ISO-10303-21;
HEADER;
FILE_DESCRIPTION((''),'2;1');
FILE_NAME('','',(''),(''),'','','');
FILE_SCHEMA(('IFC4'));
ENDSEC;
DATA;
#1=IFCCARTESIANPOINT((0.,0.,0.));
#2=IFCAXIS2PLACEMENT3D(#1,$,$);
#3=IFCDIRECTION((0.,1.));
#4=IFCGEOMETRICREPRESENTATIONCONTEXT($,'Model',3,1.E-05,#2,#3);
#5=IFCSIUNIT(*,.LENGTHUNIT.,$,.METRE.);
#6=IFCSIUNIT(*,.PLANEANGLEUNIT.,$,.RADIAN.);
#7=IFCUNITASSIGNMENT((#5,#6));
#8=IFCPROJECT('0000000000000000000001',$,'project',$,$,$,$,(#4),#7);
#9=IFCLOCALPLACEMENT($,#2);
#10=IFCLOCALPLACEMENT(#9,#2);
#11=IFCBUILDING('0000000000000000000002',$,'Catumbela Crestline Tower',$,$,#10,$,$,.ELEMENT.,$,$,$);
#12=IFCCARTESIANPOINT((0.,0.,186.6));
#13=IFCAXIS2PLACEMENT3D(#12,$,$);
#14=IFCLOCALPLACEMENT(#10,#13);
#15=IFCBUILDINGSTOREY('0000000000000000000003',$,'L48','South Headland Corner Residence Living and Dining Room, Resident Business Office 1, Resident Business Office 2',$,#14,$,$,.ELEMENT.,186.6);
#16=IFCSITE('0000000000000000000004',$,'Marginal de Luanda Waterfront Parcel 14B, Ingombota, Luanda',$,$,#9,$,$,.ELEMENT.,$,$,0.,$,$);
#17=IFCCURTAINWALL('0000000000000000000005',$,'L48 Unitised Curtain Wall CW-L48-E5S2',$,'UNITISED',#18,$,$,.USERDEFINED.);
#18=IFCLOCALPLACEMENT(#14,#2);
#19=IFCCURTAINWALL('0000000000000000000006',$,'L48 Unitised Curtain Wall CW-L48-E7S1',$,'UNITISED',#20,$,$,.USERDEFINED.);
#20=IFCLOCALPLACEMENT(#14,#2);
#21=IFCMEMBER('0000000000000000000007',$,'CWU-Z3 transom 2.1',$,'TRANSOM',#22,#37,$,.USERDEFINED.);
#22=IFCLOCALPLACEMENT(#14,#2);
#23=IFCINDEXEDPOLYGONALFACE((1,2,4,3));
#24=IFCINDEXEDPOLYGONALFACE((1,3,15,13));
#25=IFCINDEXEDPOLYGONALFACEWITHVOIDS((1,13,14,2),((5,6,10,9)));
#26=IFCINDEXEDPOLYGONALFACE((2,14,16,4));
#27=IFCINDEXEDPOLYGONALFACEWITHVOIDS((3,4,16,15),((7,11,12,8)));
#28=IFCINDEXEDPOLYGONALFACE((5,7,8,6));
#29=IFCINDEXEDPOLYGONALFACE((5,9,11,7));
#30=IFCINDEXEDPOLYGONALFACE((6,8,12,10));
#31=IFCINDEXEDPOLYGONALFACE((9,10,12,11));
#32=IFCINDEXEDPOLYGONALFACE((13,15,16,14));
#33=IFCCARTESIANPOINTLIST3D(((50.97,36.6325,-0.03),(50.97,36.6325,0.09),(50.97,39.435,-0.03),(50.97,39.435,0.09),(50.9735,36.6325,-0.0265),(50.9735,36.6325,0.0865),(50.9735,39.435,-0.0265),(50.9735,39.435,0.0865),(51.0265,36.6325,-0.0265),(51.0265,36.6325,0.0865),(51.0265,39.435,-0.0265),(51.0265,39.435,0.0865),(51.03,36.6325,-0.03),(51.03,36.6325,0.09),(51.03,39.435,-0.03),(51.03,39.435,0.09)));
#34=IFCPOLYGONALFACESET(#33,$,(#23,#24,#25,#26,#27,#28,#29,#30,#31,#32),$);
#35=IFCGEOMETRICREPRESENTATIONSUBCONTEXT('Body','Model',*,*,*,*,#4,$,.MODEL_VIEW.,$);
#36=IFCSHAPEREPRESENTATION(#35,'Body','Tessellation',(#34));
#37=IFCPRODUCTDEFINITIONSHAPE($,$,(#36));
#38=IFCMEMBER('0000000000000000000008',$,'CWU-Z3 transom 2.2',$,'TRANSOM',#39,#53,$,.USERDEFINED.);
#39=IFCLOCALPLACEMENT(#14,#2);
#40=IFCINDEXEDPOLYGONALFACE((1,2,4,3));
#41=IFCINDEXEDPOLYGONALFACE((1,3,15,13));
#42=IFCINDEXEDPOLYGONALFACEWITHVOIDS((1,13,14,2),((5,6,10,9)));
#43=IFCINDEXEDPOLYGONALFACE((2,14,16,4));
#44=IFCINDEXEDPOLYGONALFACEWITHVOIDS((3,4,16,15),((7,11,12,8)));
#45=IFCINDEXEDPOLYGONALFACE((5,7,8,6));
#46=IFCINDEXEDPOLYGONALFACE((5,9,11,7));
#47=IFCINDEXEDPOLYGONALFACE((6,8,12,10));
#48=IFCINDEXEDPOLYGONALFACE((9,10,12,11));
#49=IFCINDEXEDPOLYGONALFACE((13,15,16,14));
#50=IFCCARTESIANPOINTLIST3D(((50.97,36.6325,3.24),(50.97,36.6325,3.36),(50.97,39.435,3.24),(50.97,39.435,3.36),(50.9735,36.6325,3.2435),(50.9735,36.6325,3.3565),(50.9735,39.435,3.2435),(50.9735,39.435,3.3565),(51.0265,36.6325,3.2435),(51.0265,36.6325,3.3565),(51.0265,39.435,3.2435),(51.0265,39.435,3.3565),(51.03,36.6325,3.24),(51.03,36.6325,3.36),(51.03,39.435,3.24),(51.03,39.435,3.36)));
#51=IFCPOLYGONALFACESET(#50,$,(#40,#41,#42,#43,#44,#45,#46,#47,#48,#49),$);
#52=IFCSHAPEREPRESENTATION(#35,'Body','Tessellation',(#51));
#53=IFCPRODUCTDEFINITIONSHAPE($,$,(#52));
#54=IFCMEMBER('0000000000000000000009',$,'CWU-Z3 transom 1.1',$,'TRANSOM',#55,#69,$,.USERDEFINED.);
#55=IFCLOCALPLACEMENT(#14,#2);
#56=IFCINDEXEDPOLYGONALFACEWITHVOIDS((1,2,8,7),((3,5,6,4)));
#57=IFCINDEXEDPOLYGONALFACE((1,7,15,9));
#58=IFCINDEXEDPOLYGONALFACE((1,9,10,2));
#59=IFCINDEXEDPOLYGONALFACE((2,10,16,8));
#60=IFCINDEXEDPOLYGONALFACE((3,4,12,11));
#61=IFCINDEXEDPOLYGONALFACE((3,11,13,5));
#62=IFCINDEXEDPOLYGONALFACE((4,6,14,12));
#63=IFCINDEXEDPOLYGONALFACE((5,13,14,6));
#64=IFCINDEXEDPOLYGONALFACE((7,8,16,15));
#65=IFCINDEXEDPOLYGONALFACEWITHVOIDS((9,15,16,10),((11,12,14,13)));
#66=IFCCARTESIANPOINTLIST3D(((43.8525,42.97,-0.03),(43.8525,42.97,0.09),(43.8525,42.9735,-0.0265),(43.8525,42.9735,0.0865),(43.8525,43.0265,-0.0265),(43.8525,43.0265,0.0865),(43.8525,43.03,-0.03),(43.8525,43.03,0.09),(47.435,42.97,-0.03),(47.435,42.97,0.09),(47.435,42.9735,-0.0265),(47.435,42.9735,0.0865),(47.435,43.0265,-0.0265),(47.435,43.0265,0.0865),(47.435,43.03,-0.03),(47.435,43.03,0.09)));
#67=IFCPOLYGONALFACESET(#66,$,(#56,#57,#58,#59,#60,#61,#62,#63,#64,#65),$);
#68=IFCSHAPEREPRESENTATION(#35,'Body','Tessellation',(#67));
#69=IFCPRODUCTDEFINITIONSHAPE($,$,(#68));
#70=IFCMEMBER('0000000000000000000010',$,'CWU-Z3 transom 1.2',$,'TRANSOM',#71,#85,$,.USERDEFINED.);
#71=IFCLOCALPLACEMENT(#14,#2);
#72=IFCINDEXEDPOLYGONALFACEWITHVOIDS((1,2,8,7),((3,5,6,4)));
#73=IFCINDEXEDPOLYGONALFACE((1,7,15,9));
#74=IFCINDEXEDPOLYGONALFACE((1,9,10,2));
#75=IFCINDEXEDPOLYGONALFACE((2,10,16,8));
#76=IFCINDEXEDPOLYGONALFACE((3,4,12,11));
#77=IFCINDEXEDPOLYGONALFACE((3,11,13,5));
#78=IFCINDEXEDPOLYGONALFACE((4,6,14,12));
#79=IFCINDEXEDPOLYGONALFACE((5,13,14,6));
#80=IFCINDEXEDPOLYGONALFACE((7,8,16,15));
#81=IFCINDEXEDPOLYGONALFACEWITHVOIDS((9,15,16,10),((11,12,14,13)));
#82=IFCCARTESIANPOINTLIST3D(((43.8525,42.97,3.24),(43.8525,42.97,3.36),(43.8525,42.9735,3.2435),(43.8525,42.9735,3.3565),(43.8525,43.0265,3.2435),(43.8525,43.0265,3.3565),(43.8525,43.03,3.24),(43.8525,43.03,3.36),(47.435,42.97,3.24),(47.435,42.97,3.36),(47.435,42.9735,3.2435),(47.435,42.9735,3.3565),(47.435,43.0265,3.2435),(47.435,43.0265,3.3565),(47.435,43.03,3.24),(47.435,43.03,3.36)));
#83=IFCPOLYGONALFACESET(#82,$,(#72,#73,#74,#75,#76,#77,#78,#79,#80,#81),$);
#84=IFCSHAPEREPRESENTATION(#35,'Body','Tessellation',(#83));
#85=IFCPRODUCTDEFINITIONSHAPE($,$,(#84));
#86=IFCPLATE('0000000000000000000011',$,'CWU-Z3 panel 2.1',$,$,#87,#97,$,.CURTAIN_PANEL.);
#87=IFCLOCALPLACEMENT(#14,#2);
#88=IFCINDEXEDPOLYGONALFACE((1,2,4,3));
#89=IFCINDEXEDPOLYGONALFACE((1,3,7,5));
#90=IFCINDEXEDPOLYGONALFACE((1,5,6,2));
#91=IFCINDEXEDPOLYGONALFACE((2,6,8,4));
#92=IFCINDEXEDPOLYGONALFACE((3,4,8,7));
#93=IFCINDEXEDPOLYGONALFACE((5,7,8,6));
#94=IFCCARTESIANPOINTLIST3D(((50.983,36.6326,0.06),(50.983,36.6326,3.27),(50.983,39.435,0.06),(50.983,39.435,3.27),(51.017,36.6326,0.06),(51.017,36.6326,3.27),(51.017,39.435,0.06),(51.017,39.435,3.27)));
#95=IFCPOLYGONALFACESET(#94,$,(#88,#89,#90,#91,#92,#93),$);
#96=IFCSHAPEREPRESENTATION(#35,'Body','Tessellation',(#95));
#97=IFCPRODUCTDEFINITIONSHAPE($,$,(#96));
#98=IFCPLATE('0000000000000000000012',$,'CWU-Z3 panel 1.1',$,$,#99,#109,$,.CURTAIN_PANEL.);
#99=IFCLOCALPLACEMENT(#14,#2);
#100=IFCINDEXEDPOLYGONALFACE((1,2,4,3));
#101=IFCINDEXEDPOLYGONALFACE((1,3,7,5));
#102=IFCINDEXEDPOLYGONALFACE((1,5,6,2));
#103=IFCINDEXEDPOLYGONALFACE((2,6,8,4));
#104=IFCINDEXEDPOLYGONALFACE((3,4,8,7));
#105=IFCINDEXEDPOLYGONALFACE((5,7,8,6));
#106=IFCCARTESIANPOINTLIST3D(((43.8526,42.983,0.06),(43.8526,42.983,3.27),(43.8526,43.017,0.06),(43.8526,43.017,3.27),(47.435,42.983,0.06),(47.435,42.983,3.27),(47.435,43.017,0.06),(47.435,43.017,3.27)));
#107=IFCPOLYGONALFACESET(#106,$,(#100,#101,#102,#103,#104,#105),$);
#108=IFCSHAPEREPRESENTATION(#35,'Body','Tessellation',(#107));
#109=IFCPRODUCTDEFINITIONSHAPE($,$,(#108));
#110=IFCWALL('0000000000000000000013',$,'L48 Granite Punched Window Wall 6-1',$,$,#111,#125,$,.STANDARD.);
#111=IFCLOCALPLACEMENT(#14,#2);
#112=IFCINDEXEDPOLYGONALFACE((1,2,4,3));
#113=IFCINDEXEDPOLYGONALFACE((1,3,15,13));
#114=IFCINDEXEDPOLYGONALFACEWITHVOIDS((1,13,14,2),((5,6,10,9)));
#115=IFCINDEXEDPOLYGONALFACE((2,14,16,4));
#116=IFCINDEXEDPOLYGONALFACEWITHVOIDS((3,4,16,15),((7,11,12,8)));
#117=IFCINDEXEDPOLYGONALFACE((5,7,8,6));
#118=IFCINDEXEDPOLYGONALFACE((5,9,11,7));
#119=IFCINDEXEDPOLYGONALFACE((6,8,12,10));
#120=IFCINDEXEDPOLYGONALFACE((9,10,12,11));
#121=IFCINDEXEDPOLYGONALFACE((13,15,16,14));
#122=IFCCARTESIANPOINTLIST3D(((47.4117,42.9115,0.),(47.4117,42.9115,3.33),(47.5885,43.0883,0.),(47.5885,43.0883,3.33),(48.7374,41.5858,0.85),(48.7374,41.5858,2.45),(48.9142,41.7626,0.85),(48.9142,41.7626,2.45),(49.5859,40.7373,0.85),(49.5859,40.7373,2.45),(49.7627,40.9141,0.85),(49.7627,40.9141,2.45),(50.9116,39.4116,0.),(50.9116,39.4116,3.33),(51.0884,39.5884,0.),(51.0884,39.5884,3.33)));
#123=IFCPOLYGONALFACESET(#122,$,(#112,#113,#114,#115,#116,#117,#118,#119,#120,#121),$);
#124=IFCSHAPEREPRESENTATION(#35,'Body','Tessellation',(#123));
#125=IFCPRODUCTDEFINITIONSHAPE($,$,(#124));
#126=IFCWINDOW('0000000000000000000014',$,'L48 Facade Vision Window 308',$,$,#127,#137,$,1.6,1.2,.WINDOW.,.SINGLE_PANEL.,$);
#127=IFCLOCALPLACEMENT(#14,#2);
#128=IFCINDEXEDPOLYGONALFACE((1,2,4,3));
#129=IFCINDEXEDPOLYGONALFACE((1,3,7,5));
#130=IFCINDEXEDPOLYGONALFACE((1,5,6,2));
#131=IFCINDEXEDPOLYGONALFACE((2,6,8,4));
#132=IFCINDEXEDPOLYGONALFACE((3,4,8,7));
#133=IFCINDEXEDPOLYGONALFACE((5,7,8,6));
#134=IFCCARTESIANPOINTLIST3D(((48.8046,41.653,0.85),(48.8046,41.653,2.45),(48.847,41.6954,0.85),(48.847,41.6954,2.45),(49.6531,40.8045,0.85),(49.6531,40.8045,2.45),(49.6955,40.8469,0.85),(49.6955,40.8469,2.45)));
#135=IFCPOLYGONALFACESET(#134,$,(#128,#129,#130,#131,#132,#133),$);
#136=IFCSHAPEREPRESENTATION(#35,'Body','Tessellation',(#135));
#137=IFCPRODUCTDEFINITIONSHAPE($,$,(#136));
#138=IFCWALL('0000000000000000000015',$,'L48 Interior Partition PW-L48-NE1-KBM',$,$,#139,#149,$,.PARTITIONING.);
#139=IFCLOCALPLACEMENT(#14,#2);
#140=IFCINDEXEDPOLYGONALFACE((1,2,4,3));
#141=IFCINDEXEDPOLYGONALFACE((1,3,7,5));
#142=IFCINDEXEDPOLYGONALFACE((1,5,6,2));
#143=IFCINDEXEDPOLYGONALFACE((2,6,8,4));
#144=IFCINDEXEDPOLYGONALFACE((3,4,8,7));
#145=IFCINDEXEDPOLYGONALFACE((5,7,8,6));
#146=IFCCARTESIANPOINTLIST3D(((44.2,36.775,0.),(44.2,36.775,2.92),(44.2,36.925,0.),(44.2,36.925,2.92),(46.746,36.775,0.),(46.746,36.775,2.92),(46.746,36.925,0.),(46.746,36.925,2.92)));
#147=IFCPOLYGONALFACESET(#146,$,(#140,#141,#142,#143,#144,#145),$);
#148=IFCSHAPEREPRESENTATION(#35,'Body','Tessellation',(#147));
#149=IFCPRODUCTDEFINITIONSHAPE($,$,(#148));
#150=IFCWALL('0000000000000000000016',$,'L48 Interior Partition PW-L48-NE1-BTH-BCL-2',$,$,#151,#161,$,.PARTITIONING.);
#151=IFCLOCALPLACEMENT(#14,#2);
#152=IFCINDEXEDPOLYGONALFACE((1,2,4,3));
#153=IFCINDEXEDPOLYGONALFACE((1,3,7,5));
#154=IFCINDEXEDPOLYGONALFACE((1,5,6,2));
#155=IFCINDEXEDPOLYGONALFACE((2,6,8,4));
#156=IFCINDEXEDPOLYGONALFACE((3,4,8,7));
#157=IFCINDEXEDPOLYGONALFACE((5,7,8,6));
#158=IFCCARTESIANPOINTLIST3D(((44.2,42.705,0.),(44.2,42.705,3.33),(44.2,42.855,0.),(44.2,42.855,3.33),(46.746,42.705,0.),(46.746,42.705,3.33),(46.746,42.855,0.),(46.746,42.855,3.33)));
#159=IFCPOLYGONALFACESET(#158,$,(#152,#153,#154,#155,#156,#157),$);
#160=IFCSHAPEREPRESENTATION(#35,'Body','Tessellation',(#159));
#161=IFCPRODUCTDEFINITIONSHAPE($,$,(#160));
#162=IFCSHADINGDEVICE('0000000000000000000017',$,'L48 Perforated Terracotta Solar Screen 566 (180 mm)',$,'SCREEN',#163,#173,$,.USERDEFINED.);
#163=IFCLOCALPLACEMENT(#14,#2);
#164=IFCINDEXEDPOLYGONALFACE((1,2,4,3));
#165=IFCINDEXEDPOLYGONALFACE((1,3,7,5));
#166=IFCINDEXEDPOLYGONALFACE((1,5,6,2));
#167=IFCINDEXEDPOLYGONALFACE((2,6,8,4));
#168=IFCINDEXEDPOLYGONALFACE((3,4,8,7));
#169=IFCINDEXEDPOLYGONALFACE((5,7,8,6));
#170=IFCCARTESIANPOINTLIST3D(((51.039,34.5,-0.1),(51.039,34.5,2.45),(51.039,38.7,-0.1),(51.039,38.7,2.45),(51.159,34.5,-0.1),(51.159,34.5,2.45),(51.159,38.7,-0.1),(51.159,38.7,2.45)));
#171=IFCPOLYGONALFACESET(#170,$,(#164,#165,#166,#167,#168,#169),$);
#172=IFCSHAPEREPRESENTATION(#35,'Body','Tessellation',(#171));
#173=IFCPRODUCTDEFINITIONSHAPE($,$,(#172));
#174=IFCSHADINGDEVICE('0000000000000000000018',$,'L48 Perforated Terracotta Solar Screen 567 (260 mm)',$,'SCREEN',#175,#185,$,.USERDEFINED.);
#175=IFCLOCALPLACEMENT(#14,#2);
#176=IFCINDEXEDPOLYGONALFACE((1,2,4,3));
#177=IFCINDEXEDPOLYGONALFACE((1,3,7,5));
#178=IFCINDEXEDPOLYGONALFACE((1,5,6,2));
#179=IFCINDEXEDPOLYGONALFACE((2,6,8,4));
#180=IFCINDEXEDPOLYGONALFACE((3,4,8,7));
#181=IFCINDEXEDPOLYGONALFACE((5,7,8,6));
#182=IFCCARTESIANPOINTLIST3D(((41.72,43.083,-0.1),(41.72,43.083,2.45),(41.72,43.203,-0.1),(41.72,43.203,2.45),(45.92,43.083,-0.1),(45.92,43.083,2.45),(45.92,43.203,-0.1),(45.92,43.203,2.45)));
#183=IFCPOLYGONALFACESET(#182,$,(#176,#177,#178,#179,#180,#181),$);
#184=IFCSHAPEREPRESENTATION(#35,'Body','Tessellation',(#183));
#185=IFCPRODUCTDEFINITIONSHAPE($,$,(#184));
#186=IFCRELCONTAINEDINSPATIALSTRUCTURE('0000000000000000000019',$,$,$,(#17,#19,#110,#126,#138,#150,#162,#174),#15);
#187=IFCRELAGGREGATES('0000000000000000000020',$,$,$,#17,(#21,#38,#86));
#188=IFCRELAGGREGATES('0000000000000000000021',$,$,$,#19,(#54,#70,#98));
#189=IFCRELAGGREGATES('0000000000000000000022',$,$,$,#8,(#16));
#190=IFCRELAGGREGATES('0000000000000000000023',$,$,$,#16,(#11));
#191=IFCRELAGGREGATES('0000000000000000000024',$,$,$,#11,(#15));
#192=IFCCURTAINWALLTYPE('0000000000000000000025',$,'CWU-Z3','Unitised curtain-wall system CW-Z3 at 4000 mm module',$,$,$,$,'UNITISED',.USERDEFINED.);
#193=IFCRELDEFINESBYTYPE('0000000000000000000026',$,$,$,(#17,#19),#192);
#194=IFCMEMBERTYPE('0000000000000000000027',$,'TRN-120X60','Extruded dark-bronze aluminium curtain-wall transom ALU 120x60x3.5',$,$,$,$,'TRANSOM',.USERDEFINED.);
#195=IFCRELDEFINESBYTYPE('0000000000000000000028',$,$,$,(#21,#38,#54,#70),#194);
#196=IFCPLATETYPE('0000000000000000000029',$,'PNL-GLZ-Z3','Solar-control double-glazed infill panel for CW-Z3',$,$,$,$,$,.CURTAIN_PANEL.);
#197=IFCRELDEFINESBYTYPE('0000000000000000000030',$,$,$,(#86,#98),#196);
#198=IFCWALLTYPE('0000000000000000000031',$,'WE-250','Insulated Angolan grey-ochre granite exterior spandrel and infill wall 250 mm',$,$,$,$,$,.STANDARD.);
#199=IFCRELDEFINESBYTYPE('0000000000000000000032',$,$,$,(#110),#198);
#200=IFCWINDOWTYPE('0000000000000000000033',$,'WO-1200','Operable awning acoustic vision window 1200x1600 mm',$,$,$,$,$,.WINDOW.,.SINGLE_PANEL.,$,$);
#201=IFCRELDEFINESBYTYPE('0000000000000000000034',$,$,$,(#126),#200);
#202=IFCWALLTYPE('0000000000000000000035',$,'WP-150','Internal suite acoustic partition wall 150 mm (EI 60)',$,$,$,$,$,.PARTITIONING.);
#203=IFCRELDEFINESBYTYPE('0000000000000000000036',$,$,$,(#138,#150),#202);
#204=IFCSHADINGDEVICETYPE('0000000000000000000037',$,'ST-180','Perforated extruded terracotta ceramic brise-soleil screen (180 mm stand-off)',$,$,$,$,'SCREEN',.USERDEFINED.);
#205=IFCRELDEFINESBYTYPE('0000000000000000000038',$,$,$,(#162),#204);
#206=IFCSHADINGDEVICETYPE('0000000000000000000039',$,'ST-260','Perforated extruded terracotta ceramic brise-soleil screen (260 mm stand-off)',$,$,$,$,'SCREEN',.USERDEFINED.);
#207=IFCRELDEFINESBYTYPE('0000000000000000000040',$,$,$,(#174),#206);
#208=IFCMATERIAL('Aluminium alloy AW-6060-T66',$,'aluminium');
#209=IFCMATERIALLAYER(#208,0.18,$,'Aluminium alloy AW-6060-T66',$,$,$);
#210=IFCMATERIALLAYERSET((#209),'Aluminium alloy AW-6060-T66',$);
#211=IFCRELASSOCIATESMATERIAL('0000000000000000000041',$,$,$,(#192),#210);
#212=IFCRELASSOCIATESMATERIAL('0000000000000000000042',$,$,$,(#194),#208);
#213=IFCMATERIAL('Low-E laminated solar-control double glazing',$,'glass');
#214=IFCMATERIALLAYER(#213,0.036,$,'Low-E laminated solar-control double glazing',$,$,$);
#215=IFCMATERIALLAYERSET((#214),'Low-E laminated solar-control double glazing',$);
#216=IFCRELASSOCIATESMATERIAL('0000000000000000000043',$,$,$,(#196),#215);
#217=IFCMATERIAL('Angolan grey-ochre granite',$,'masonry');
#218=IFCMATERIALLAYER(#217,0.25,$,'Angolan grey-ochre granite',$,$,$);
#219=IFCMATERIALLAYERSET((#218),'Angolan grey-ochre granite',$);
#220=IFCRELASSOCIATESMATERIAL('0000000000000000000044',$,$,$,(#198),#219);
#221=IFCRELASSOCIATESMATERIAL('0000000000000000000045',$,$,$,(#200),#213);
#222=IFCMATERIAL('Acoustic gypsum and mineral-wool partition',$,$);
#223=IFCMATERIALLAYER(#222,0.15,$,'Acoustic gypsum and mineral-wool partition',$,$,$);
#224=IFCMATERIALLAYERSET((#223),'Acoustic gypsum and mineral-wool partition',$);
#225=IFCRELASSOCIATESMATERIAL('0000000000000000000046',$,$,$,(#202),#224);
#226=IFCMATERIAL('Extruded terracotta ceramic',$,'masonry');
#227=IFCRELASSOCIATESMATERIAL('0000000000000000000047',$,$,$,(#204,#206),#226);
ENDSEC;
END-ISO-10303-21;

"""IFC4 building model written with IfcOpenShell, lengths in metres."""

from ifc_helpers import new_model, si_unit, direction, frame, frame_2d, origin, origin_2d, place, context, subcontext, project, spatial, rectangle, hollow_rectangle, extrude, material, layer, layer_set, material_profile, profile_set, type_object, element, fill, aggregate, save


model = new_model("IFC4")

# Units and contexts
model_context = context("Model", 3, precision=1e-05, world=origin(), true_north=direction((0.0, 1.0)))
body_context = subcontext(model_context, "Body", "Model", "MODEL_VIEW")
ifc_project = project(units=[si_unit("LENGTHUNIT", "METRE"), si_unit("PLANEANGLEUNIT", "RADIAN")], contexts=[model_context])

# Site, building, storey
site_placement = place(None, origin())
site = spatial("IfcSite", under=ifc_project, at=site_placement, Name="Marginal de Luanda Waterfront Parcel 14B, Ingombota, Luanda", CompositionType="ELEMENT", RefElevation=0.0)
building_placement = place(site_placement, origin())
building = spatial("IfcBuilding", under=site, at=building_placement, Name="Catumbela Crestline Tower", CompositionType="ELEMENT")
storey_placement = place(building_placement, frame((0.0, 0.0, 186.6)))
storey = spatial("IfcBuildingStorey", under=building, at=storey_placement, Name="L48", Description="South Headland Corner Residence Living and Dining Room, Resident Business Office 1, Resident Business Office 2", CompositionType="ELEMENT", Elevation=186.6)

# Curtain walls
ifc_material_1 = material(Name="Aluminium alloy AW-6060-T66", Category="aluminium")
ifc_layer_1 = layer(ifc_material_1, 0.18, Name="Aluminium alloy AW-6060-T66")
ifc_layer_set_1 = layer_set([ifc_layer_1], Name="Aluminium alloy AW-6060-T66")
curtain_wall_type = type_object("IfcCurtainWallType", Name="CWU-Z3", Description="Unitised curtain-wall system CW-Z3 at 4000 mm module", ElementType="UNITISED", PredefinedType="USERDEFINED", material=ifc_layer_set_1)
curtain_wall_1_placement = place(storey_placement, origin())
curtain_wall_1 = element("IfcCurtainWall", 1, at=curtain_wall_1_placement, inside=storey, type_object=curtain_wall_type, Name="L48 Unitised Curtain Wall CW-L48-E5S2", ObjectType="UNITISED", PredefinedType="USERDEFINED")
curtain_wall_2_placement = place(storey_placement, origin())
curtain_wall_2 = element("IfcCurtainWall", 2, at=curtain_wall_2_placement, inside=storey, type_object=curtain_wall_type, Name="L48 Unitised Curtain Wall CW-L48-E7S1", ObjectType="UNITISED", PredefinedType="USERDEFINED")

# Members
ifc_material_profile_1 = material_profile(ifc_material_1, hollow_rectangle(XDim=0.06, YDim=0.12, WallThickness=0.0035, at=origin_2d()), Name="ALU 120x60x3.5")
ifc_profile_set_1 = profile_set([ifc_material_profile_1], Name="Aluminium alloy AW-6060-T66")
member_type_1 = type_object("IfcMemberType", Name="TRN-120X60", Description="Extruded dark-bronze aluminium curtain-wall transom ALU 120x60x3.5", ElementType="TRANSOM", PredefinedType="USERDEFINED", material=ifc_profile_set_1)
member_1_placement = place(storey_placement, frame((51.0, 36.6325, 0.03), z_axis=(0.0, 1.0, 0.0), x_axis=(-1.0, 0.0, 0.0)))
member_1 = element("IfcMember", 3, at=member_1_placement, type_object=member_type_1, Name="CWU-Z3 transom 2.1", ObjectType="TRANSOM", PredefinedType="USERDEFINED", context=body_context, shape_type="SweptSolid", body=[
    extrude(hollow_rectangle(XDim=0.06, YDim=0.12, WallThickness=0.0035, at=origin_2d()), origin(), (0.0, 0.0, 1.0), 2.8025),
])
member_2_placement = place(storey_placement, frame((51.0, 36.6325, 3.3), z_axis=(0.0, 1.0, 0.0), x_axis=(-1.0, 0.0, 0.0)))
member_2 = element("IfcMember", 4, at=member_2_placement, type_object=member_type_1, Name="CWU-Z3 transom 2.2", ObjectType="TRANSOM", PredefinedType="USERDEFINED", context=body_context, shape_type="SweptSolid", body=[
    extrude(hollow_rectangle(XDim=0.06, YDim=0.12, WallThickness=0.0035, at=origin_2d()), origin(), (0.0, 0.0, 1.0), 2.8025),
])
member_3_placement = place(storey_placement, frame((47.435, 43.0, 0.03), z_axis=(-1.0, 0.0, 0.0), x_axis=(0.0, -1.0, 0.0)))
member_3 = element("IfcMember", 5, at=member_3_placement, type_object=member_type_1, Name="CWU-Z3 transom 1.1", ObjectType="TRANSOM", PredefinedType="USERDEFINED", context=body_context, shape_type="SweptSolid", body=[
    extrude(hollow_rectangle(XDim=0.06, YDim=0.12, WallThickness=0.0035, at=origin_2d()), origin(), (0.0, 0.0, 1.0), 3.5825),
])
member_4_placement = place(storey_placement, frame((47.435, 43.0, 3.3), z_axis=(-1.0, 0.0, 0.0), x_axis=(0.0, -1.0, 0.0)))
member_4 = element("IfcMember", 6, at=member_4_placement, type_object=member_type_1, Name="CWU-Z3 transom 1.2", ObjectType="TRANSOM", PredefinedType="USERDEFINED", context=body_context, shape_type="SweptSolid", body=[
    extrude(hollow_rectangle(XDim=0.06, YDim=0.12, WallThickness=0.0035, at=origin_2d()), origin(), (0.0, 0.0, 1.0), 3.5825),
])

# Plates
ifc_material_2 = material(Name="Low-E laminated solar-control double glazing", Category="glass")
ifc_layer_2 = layer(ifc_material_2, 0.036, Name="Low-E laminated solar-control double glazing")
ifc_layer_set_2 = layer_set([ifc_layer_2], Name="Low-E laminated solar-control double glazing")
plate_type = type_object("IfcPlateType", Name="PNL-GLZ-Z3", Description="Solar-control double-glazed infill panel for CW-Z3", PredefinedType="CURTAIN_PANEL", material=ifc_layer_set_2)
plate_1_placement = place(storey_placement, frame((51.0, 38.0338, 0.06), z_axis=(0.0, 0.0, 1.0), x_axis=(0.0, 1.0, 0.0)))
plate_1 = element("IfcPlate", 7, at=plate_1_placement, type_object=plate_type, Name="CWU-Z3 panel 2.1", PredefinedType="CURTAIN_PANEL", context=body_context, shape_type="SweptSolid", body=[
    extrude(rectangle(XDim=2.8025, YDim=0.034, at=origin_2d()), origin(), (0.0, 0.0, 1.0), 3.21),
])
aggregate(curtain_wall_1, [member_1, member_2, plate_1])
plate_2_placement = place(storey_placement, frame((45.6438, 43.0, 0.06), z_axis=(0.0, 0.0, 1.0), x_axis=(-1.0, 0.0, 0.0)))
plate_2 = element("IfcPlate", 8, at=plate_2_placement, type_object=plate_type, Name="CWU-Z3 panel 1.1", PredefinedType="CURTAIN_PANEL", context=body_context, shape_type="SweptSolid", body=[
    extrude(rectangle(XDim=3.5825, YDim=0.034, at=origin_2d()), origin(), (0.0, 0.0, 1.0), 3.21),
])
aggregate(curtain_wall_2, [member_3, member_4, plate_2])

# Wall, opening, window
ifc_material_3 = material(Name="Angolan grey-ochre granite", Category="masonry")
ifc_layer_3 = layer(ifc_material_3, 0.25, Name="Angolan grey-ochre granite")
ifc_layer_set_3 = layer_set([ifc_layer_3], Name="Angolan grey-ochre granite")
wall_type_1 = type_object("IfcWallType", Name="WE-250", Description="Insulated Angolan grey-ochre granite exterior spandrel and infill wall 250 mm", PredefinedType="STANDARD", material=ifc_layer_set_3)
wall_1_placement = place(storey_placement, frame((51.0, 39.5, 0.0), z_axis=(0.0, 0.0, 1.0), x_axis=(-0.707107, 0.707107, 0.0)))
wall_1 = element("IfcWall", 9, at=wall_1_placement, inside=storey, type_object=wall_type_1, Name="L48 Granite Punched Window Wall 6-1", PredefinedType="STANDARD", context=body_context, shape_type="SweptSolid", body=[
    extrude(rectangle(XDim=4.9497, YDim=0.25, at=frame_2d((2.4748, 0.0))), origin(), (0.0, 0.0, 1.0), 3.33),
])
opening_placement = place(wall_1_placement, frame((1.8748, 0.0, 0.85)))
opening = element("IfcOpeningElement", 10, at=opening_placement, cuts=wall_1, PredefinedType="OPENING", context=body_context, shape_type="SweptSolid", body=[
    extrude(rectangle(XDim=1.2, YDim=1.6, at=frame_2d((0.6, 0.8))), frame((0.0, 0.135, 0.0), z_axis=(0.0, -1.0, 0.0), x_axis=(1.0, 0.0, 0.0)), (0.0, 0.0, 1.0), 0.27),
])
window_type = type_object("IfcWindowType", Name="WO-1200", Description="Operable awning acoustic vision window 1200x1600 mm", PartitioningType="SINGLE_PANEL", PredefinedType="WINDOW", material=ifc_material_2)
window_placement = place(opening_placement, origin())
window = element("IfcWindow", 11, at=window_placement, inside=storey, type_object=window_type, Name="L48 Facade Vision Window 308", OverallHeight=1.6, OverallWidth=1.2, PartitioningType="SINGLE_PANEL", PredefinedType="WINDOW", context=body_context, shape_type="SweptSolid", body=[
    extrude(rectangle(XDim=1.2, YDim=1.6, at=frame_2d((0.6, 0.8))), frame((0.0, 0.03, 0.0), z_axis=(0.0, -1.0, 0.0), x_axis=(1.0, 0.0, 0.0)), (0.0, 0.0, 1.0), 0.06),
])
fill(opening, window)

# Walls
ifc_material_4 = material(Name="Acoustic gypsum and mineral-wool partition")
ifc_layer_4 = layer(ifc_material_4, 0.15, Name="Acoustic gypsum and mineral-wool partition")
ifc_layer_set_4 = layer_set([ifc_layer_4], Name="Acoustic gypsum and mineral-wool partition")
wall_type_2 = type_object("IfcWallType", Name="WP-150", Description="Internal suite acoustic partition wall 150 mm (EI 60)", PredefinedType="PARTITIONING", material=ifc_layer_set_4)
wall_2_placement = place(storey_placement, frame((44.2, 36.85, 0.0), z_axis=(0.0, 0.0, 1.0), x_axis=(1.0, 0.0, 0.0)))
element("IfcWall", 12, at=wall_2_placement, inside=storey, type_object=wall_type_2, Name="L48 Interior Partition PW-L48-NE1-KBM", PredefinedType="PARTITIONING", context=body_context, shape_type="SweptSolid", body=[
    extrude(rectangle(XDim=2.546, YDim=0.15, at=frame_2d((1.273, 0.0))), origin(), (0.0, 0.0, 1.0), 2.92),
])
wall_3_placement = place(storey_placement, frame((44.2, 42.78, 0.0), z_axis=(0.0, 0.0, 1.0), x_axis=(1.0, 0.0, 0.0)))
element("IfcWall", 13, at=wall_3_placement, inside=storey, type_object=wall_type_2, Name="L48 Interior Partition PW-L48-NE1-BTH-BCL-2", PredefinedType="PARTITIONING", context=body_context, shape_type="SweptSolid", body=[
    extrude(rectangle(XDim=2.546, YDim=0.15, at=frame_2d((1.273, 0.0))), origin(), (0.0, 0.0, 1.0), 3.33),
])

# Shading devices
ifc_material_5 = material(Name="Extruded terracotta ceramic", Category="masonry")
shading_device_type_1 = type_object("IfcShadingDeviceType", Name="ST-180", Description="Perforated extruded terracotta ceramic brise-soleil screen (180 mm stand-off)", ElementType="SCREEN", PredefinedType="USERDEFINED", material=ifc_material_5)
shading_device_1_placement = place(storey_placement, frame((51.099, 36.6, -0.1), z_axis=(0.0, 0.0, 1.0), x_axis=(0.0, 1.0, 0.0)))
element("IfcShadingDevice", 14, at=shading_device_1_placement, inside=storey, type_object=shading_device_type_1, Name="L48 Perforated Terracotta Solar Screen 566 (180 mm)", ObjectType="SCREEN", PredefinedType="USERDEFINED", context=body_context, shape_type="SweptSolid", body=[
    extrude(rectangle(XDim=4.2, YDim=0.12, at=origin_2d()), origin(), (0.0, 0.0, 1.0), 2.55),
])
shading_device_type_2 = type_object("IfcShadingDeviceType", Name="ST-260", Description="Perforated extruded terracotta ceramic brise-soleil screen (260 mm stand-off)", ElementType="SCREEN", PredefinedType="USERDEFINED", material=ifc_material_5)
shading_device_2_placement = place(storey_placement, frame((43.82, 43.143, -0.1), z_axis=(0.0, 0.0, 1.0), x_axis=(-1.0, 0.0, 0.0)))
element("IfcShadingDevice", 15, at=shading_device_2_placement, inside=storey, type_object=shading_device_type_2, Name="L48 Perforated Terracotta Solar Screen 567 (260 mm)", ObjectType="SCREEN", PredefinedType="USERDEFINED", context=body_context, shape_type="SweptSolid", body=[
    extrude(rectangle(XDim=4.2, YDim=0.12, at=origin_2d()), origin(), (0.0, 0.0, 1.0), 2.55),
])

save(model, "model.ifc")
